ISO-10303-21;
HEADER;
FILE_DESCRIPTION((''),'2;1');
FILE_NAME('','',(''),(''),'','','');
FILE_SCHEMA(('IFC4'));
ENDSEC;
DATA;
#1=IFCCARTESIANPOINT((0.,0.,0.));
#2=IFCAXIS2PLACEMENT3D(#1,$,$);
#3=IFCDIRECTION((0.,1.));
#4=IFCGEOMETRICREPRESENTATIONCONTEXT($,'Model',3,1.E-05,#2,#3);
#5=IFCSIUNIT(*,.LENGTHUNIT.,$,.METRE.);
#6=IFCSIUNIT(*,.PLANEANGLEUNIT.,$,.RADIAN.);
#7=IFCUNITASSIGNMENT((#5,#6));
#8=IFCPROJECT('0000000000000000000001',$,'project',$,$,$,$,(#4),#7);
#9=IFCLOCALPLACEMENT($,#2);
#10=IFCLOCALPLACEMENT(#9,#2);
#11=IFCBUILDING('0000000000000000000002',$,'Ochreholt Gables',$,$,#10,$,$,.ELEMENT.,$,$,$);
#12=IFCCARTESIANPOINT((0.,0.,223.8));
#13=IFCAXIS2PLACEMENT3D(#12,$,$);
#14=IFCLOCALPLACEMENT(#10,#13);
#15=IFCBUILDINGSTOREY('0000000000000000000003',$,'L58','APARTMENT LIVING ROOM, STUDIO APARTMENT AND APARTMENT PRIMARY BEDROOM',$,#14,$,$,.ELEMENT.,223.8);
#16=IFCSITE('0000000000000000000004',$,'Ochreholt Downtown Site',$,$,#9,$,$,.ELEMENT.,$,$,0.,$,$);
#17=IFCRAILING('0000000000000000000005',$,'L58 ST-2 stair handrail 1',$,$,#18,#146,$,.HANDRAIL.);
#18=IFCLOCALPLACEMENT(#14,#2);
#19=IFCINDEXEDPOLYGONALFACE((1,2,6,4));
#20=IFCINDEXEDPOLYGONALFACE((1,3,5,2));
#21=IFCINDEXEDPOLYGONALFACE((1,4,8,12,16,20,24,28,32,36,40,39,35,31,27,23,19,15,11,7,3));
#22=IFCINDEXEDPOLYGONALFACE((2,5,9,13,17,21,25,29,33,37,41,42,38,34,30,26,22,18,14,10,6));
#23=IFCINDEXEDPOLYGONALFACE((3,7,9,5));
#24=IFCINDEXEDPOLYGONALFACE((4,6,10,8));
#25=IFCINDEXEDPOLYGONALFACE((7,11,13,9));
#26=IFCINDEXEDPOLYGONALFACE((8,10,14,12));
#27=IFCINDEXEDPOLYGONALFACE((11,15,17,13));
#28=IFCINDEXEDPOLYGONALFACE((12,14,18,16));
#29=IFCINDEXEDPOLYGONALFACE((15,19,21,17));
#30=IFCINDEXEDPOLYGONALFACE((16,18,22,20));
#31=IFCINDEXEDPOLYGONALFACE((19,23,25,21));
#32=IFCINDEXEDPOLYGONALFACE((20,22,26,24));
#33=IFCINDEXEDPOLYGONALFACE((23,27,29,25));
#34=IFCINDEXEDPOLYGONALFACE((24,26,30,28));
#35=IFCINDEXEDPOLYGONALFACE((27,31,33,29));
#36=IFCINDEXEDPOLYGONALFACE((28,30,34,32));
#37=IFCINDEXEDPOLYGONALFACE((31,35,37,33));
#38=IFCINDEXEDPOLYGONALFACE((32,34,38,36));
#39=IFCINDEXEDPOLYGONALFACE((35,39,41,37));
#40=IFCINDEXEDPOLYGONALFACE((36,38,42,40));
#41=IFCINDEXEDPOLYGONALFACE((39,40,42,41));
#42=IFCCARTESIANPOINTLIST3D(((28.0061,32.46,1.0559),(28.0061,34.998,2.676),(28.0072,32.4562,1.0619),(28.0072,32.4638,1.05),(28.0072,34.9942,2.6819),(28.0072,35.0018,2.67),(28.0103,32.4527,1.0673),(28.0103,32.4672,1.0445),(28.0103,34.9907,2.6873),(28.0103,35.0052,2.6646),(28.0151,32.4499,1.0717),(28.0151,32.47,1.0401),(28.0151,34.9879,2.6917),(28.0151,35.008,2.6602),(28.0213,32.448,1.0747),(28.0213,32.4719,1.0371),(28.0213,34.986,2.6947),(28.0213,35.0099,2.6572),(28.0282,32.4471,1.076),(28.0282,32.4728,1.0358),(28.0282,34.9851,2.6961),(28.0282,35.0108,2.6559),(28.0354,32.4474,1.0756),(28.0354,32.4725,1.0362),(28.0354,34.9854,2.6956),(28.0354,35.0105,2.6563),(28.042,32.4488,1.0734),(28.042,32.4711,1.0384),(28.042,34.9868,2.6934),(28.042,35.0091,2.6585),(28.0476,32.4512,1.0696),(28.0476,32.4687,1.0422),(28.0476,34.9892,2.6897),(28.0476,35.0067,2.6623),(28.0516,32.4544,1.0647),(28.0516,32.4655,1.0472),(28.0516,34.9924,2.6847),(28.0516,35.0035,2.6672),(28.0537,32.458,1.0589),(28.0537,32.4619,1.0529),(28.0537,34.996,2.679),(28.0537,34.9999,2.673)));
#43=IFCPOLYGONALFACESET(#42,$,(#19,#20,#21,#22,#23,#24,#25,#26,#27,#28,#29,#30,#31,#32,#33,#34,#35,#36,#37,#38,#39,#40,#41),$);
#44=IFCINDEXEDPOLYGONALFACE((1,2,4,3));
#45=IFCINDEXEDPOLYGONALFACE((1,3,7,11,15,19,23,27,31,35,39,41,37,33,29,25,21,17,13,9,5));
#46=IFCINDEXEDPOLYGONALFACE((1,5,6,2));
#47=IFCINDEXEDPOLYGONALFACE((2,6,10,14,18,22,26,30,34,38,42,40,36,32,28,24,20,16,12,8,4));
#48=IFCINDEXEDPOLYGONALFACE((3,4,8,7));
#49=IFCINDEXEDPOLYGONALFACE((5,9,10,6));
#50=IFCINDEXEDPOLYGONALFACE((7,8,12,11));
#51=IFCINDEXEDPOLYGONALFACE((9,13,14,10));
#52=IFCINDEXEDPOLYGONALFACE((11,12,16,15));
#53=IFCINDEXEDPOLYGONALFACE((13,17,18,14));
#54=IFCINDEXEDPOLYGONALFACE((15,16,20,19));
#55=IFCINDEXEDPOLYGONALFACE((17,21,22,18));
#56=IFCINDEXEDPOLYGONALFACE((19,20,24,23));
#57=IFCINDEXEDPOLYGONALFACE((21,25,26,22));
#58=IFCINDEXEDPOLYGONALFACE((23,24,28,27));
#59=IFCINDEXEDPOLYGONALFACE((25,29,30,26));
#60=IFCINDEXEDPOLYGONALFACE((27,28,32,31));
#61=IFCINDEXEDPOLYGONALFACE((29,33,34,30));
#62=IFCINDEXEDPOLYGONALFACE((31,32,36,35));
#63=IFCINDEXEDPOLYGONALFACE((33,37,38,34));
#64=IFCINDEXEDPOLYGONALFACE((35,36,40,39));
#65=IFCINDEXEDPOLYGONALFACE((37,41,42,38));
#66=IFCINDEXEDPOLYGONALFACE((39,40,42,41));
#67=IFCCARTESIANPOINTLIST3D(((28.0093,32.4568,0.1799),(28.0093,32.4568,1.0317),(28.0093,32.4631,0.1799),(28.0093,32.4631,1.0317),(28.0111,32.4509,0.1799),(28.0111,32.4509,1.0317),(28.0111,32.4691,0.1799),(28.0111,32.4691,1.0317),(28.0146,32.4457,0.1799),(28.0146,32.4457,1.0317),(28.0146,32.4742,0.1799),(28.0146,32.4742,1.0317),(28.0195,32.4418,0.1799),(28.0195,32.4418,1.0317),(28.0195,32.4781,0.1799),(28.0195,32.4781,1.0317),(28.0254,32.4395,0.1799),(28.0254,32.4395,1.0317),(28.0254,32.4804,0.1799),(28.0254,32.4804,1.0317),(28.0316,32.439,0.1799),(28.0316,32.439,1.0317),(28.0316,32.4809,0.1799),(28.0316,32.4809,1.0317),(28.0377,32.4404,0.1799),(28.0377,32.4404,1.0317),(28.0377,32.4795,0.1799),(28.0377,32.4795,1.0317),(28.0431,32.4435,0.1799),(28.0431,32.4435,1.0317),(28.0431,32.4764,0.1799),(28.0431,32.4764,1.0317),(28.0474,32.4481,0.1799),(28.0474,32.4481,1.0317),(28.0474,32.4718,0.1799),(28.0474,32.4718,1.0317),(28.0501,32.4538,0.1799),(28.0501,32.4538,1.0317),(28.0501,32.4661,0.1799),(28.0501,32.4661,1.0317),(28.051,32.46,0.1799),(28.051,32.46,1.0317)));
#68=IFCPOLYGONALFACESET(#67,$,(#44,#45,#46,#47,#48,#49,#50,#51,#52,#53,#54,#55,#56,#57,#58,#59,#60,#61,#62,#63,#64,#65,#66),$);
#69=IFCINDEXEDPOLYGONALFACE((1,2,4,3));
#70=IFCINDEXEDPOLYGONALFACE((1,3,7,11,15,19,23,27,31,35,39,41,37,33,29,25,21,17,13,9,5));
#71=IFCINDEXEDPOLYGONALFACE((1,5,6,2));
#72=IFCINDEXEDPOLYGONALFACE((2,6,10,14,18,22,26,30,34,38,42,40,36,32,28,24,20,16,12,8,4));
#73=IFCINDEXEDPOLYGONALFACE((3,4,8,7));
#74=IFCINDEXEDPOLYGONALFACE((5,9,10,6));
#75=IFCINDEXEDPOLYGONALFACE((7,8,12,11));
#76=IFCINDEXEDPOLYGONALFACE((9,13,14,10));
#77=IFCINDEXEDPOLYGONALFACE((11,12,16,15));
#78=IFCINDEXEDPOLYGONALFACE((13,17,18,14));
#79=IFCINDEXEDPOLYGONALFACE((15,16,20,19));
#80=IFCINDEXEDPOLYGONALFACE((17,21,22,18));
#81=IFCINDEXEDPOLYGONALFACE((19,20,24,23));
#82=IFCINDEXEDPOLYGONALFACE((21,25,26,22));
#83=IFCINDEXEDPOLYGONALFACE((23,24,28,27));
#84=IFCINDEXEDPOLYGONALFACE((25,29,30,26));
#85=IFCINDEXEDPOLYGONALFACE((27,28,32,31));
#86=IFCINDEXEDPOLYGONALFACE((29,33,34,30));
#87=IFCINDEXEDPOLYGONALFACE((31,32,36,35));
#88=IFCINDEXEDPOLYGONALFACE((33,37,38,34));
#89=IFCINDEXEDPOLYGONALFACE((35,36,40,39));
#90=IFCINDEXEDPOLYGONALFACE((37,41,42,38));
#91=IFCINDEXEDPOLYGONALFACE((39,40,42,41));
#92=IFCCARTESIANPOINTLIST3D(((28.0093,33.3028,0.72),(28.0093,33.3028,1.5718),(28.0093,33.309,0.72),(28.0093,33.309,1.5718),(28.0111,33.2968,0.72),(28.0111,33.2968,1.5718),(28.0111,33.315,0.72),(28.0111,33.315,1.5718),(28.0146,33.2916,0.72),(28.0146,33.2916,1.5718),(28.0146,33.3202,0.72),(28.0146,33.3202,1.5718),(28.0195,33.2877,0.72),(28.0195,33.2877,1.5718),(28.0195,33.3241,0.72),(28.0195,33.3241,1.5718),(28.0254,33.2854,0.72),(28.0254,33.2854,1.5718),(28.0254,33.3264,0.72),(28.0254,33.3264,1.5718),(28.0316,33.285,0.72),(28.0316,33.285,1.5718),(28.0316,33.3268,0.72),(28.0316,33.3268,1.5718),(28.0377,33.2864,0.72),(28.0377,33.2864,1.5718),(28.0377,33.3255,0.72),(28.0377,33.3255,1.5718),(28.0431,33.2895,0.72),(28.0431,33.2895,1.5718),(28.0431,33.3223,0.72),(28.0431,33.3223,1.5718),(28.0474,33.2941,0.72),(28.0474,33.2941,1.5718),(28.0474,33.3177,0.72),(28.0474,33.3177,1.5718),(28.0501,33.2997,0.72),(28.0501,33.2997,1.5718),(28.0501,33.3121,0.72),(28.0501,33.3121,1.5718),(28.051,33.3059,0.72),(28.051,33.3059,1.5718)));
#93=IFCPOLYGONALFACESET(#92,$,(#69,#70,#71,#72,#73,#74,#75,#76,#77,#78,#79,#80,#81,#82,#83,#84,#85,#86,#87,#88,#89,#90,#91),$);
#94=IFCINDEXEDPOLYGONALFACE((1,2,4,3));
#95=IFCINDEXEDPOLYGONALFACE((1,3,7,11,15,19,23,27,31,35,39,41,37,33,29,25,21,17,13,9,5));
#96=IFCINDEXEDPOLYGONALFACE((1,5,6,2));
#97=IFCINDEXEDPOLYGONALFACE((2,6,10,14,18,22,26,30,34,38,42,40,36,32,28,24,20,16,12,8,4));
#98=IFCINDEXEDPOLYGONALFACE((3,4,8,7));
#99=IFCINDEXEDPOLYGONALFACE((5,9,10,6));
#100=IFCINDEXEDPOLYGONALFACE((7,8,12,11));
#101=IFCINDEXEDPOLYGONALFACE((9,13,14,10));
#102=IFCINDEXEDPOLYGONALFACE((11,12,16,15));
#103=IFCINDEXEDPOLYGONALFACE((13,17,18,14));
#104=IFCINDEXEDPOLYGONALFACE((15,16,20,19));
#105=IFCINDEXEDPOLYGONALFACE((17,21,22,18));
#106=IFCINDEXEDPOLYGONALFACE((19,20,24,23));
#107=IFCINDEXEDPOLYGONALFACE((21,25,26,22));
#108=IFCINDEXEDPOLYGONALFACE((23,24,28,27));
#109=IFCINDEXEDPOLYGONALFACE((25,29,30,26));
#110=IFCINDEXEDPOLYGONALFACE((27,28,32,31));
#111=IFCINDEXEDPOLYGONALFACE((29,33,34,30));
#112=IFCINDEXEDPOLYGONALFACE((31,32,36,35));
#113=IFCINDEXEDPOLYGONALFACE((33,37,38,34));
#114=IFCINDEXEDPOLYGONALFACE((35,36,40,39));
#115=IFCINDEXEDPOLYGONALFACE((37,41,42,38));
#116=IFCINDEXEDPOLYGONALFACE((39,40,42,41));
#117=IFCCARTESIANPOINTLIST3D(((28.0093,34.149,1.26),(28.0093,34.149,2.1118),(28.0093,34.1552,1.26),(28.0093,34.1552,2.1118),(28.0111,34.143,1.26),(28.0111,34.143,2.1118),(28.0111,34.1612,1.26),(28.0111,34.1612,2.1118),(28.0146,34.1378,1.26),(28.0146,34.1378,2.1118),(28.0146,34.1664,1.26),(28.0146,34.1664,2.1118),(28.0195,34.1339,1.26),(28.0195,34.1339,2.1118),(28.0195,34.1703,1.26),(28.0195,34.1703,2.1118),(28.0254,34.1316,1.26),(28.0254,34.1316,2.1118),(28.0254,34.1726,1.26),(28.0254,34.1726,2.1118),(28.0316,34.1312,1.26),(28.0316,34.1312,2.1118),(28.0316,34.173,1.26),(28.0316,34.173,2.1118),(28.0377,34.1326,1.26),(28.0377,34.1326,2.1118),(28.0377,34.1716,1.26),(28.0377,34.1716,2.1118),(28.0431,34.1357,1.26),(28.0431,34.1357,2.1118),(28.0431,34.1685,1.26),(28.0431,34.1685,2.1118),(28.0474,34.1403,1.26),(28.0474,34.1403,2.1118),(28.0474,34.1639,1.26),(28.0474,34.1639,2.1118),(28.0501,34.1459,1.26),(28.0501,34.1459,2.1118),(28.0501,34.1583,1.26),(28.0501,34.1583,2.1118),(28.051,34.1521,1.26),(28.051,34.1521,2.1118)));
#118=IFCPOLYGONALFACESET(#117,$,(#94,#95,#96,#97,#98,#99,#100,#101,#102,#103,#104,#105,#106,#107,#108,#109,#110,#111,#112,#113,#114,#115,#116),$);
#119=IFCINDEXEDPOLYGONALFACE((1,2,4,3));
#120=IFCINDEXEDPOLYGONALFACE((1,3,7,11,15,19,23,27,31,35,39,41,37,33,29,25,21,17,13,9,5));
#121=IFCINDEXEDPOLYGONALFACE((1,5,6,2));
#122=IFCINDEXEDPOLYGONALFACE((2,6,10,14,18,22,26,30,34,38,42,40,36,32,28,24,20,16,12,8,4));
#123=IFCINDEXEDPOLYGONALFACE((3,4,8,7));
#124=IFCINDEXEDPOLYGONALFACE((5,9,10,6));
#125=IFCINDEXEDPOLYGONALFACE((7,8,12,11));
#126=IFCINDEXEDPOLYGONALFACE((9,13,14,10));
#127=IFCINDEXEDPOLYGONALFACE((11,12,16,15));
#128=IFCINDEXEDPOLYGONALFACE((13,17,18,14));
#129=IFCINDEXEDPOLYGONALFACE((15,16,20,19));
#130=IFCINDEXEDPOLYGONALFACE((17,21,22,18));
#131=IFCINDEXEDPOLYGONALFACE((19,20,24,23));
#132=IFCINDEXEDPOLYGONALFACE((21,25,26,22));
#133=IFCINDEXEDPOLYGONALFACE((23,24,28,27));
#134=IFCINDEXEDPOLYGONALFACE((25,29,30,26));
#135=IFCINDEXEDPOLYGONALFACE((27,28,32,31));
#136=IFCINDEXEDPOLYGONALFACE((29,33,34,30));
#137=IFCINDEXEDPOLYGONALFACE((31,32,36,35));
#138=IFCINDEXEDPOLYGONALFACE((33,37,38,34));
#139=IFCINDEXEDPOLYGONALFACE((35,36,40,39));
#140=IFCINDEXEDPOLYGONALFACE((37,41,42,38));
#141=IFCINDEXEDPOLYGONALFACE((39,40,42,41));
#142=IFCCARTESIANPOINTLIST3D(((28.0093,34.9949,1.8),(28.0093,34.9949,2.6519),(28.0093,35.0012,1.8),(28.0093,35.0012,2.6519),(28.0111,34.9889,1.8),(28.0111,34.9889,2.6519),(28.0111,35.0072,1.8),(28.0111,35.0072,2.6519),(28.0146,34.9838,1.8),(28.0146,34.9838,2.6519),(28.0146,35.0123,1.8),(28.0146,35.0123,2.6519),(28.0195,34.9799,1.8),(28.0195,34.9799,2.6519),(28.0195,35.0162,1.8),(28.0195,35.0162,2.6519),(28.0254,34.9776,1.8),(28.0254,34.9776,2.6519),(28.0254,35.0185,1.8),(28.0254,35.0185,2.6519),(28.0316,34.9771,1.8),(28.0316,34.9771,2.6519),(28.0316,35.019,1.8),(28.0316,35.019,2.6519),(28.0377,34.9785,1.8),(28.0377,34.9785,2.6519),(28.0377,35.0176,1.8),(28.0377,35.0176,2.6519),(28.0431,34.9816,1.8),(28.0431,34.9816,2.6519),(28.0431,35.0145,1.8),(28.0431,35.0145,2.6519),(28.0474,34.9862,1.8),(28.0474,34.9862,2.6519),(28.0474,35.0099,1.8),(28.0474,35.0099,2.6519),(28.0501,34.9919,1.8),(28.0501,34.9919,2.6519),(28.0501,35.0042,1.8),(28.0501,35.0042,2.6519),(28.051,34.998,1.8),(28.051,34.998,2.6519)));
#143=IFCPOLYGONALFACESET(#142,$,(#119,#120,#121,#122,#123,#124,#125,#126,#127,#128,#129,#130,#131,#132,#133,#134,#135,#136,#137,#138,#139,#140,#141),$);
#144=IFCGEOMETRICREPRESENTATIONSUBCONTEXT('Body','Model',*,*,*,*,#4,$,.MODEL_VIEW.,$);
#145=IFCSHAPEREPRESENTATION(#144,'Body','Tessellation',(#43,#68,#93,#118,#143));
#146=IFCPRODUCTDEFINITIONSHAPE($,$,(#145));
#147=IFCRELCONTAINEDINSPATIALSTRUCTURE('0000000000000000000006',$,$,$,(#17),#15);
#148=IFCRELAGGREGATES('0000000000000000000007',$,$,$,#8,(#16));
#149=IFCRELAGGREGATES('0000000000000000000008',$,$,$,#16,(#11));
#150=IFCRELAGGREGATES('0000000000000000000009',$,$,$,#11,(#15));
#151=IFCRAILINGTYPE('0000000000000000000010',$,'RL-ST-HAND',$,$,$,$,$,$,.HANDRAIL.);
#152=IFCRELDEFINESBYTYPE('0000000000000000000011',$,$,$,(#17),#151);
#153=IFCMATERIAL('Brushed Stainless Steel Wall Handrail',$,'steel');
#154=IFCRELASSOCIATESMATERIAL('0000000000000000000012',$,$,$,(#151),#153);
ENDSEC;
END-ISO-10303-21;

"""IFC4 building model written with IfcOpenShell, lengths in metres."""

from ifc_helpers import new_model, si_unit, direction, frame, origin, origin_2d, place, context, subcontext, project, spatial, circle, extrude, material, type_object, element, save


model = new_model("IFC4")

# Units and contexts
model_context = context("Model", 3, precision=1e-05, world=origin(), true_north=direction((0.0, 1.0)))
body_context = subcontext(model_context, "Body", "Model", "MODEL_VIEW")
ifc_project = project(units=[si_unit("LENGTHUNIT", "METRE"), si_unit("PLANEANGLEUNIT", "RADIAN")], contexts=[model_context])

# Site, building, storey
site_placement = place(None, origin())
site = spatial("IfcSite", under=ifc_project, at=site_placement, Name="Ochreholt Downtown Site", CompositionType="ELEMENT", RefElevation=0.0)
building_placement = place(site_placement, origin())
building = spatial("IfcBuilding", under=site, at=building_placement, Name="Ochreholt Gables", CompositionType="ELEMENT")
storey_placement = place(building_placement, frame((0.0, 0.0, 223.8)))
storey = spatial("IfcBuildingStorey", under=building, at=storey_placement, Name="L58", Description="APARTMENT LIVING ROOM, STUDIO APARTMENT AND APARTMENT PRIMARY BEDROOM", CompositionType="ELEMENT", Elevation=223.8)

# Railing
ifc_material_1 = material(Name="Brushed Stainless Steel Wall Handrail", Category="steel")
railing_type_1 = type_object("IfcRailingType", Name="RL-ST-HAND", PredefinedType="HANDRAIL", material=ifc_material_1)
railing_1_placement = place(storey_placement, frame((28.03, 32.46, 0.1799)))
element("IfcRailing", 1, at=railing_1_placement, inside=storey, type_object=railing_type_1, Name="L58 ST-2 stair handrail 1", PredefinedType="HANDRAIL", context=body_context, shape_type="SweptSolid", body=[
    extrude(circle(Radius=0.0239, at=origin_2d()), frame((0.0, 0.0, 0.876), z_axis=(0.0, 0.842913, 0.53805), x_axis=(-1.0, 0.0, 0.0)), (0.0, 0.0, 1.0), 3.011),
    extrude(circle(Radius=0.021, at=origin_2d()), origin(), (0.0, 0.0, 1.0), 0.8518),
    extrude(circle(Radius=0.021, at=origin_2d()), frame((0.0, 0.8459, 0.54)), (0.0, 0.0, 1.0), 0.8518),
    extrude(circle(Radius=0.021, at=origin_2d()), frame((0.0, 1.6921, 1.0801)), (0.0, 0.0, 1.0), 0.8518),
    extrude(circle(Radius=0.021, at=origin_2d()), frame((0.0, 2.5381, 1.6201)), (0.0, 0.0, 1.0), 0.8518),
])

save(model, "model.ifc")
